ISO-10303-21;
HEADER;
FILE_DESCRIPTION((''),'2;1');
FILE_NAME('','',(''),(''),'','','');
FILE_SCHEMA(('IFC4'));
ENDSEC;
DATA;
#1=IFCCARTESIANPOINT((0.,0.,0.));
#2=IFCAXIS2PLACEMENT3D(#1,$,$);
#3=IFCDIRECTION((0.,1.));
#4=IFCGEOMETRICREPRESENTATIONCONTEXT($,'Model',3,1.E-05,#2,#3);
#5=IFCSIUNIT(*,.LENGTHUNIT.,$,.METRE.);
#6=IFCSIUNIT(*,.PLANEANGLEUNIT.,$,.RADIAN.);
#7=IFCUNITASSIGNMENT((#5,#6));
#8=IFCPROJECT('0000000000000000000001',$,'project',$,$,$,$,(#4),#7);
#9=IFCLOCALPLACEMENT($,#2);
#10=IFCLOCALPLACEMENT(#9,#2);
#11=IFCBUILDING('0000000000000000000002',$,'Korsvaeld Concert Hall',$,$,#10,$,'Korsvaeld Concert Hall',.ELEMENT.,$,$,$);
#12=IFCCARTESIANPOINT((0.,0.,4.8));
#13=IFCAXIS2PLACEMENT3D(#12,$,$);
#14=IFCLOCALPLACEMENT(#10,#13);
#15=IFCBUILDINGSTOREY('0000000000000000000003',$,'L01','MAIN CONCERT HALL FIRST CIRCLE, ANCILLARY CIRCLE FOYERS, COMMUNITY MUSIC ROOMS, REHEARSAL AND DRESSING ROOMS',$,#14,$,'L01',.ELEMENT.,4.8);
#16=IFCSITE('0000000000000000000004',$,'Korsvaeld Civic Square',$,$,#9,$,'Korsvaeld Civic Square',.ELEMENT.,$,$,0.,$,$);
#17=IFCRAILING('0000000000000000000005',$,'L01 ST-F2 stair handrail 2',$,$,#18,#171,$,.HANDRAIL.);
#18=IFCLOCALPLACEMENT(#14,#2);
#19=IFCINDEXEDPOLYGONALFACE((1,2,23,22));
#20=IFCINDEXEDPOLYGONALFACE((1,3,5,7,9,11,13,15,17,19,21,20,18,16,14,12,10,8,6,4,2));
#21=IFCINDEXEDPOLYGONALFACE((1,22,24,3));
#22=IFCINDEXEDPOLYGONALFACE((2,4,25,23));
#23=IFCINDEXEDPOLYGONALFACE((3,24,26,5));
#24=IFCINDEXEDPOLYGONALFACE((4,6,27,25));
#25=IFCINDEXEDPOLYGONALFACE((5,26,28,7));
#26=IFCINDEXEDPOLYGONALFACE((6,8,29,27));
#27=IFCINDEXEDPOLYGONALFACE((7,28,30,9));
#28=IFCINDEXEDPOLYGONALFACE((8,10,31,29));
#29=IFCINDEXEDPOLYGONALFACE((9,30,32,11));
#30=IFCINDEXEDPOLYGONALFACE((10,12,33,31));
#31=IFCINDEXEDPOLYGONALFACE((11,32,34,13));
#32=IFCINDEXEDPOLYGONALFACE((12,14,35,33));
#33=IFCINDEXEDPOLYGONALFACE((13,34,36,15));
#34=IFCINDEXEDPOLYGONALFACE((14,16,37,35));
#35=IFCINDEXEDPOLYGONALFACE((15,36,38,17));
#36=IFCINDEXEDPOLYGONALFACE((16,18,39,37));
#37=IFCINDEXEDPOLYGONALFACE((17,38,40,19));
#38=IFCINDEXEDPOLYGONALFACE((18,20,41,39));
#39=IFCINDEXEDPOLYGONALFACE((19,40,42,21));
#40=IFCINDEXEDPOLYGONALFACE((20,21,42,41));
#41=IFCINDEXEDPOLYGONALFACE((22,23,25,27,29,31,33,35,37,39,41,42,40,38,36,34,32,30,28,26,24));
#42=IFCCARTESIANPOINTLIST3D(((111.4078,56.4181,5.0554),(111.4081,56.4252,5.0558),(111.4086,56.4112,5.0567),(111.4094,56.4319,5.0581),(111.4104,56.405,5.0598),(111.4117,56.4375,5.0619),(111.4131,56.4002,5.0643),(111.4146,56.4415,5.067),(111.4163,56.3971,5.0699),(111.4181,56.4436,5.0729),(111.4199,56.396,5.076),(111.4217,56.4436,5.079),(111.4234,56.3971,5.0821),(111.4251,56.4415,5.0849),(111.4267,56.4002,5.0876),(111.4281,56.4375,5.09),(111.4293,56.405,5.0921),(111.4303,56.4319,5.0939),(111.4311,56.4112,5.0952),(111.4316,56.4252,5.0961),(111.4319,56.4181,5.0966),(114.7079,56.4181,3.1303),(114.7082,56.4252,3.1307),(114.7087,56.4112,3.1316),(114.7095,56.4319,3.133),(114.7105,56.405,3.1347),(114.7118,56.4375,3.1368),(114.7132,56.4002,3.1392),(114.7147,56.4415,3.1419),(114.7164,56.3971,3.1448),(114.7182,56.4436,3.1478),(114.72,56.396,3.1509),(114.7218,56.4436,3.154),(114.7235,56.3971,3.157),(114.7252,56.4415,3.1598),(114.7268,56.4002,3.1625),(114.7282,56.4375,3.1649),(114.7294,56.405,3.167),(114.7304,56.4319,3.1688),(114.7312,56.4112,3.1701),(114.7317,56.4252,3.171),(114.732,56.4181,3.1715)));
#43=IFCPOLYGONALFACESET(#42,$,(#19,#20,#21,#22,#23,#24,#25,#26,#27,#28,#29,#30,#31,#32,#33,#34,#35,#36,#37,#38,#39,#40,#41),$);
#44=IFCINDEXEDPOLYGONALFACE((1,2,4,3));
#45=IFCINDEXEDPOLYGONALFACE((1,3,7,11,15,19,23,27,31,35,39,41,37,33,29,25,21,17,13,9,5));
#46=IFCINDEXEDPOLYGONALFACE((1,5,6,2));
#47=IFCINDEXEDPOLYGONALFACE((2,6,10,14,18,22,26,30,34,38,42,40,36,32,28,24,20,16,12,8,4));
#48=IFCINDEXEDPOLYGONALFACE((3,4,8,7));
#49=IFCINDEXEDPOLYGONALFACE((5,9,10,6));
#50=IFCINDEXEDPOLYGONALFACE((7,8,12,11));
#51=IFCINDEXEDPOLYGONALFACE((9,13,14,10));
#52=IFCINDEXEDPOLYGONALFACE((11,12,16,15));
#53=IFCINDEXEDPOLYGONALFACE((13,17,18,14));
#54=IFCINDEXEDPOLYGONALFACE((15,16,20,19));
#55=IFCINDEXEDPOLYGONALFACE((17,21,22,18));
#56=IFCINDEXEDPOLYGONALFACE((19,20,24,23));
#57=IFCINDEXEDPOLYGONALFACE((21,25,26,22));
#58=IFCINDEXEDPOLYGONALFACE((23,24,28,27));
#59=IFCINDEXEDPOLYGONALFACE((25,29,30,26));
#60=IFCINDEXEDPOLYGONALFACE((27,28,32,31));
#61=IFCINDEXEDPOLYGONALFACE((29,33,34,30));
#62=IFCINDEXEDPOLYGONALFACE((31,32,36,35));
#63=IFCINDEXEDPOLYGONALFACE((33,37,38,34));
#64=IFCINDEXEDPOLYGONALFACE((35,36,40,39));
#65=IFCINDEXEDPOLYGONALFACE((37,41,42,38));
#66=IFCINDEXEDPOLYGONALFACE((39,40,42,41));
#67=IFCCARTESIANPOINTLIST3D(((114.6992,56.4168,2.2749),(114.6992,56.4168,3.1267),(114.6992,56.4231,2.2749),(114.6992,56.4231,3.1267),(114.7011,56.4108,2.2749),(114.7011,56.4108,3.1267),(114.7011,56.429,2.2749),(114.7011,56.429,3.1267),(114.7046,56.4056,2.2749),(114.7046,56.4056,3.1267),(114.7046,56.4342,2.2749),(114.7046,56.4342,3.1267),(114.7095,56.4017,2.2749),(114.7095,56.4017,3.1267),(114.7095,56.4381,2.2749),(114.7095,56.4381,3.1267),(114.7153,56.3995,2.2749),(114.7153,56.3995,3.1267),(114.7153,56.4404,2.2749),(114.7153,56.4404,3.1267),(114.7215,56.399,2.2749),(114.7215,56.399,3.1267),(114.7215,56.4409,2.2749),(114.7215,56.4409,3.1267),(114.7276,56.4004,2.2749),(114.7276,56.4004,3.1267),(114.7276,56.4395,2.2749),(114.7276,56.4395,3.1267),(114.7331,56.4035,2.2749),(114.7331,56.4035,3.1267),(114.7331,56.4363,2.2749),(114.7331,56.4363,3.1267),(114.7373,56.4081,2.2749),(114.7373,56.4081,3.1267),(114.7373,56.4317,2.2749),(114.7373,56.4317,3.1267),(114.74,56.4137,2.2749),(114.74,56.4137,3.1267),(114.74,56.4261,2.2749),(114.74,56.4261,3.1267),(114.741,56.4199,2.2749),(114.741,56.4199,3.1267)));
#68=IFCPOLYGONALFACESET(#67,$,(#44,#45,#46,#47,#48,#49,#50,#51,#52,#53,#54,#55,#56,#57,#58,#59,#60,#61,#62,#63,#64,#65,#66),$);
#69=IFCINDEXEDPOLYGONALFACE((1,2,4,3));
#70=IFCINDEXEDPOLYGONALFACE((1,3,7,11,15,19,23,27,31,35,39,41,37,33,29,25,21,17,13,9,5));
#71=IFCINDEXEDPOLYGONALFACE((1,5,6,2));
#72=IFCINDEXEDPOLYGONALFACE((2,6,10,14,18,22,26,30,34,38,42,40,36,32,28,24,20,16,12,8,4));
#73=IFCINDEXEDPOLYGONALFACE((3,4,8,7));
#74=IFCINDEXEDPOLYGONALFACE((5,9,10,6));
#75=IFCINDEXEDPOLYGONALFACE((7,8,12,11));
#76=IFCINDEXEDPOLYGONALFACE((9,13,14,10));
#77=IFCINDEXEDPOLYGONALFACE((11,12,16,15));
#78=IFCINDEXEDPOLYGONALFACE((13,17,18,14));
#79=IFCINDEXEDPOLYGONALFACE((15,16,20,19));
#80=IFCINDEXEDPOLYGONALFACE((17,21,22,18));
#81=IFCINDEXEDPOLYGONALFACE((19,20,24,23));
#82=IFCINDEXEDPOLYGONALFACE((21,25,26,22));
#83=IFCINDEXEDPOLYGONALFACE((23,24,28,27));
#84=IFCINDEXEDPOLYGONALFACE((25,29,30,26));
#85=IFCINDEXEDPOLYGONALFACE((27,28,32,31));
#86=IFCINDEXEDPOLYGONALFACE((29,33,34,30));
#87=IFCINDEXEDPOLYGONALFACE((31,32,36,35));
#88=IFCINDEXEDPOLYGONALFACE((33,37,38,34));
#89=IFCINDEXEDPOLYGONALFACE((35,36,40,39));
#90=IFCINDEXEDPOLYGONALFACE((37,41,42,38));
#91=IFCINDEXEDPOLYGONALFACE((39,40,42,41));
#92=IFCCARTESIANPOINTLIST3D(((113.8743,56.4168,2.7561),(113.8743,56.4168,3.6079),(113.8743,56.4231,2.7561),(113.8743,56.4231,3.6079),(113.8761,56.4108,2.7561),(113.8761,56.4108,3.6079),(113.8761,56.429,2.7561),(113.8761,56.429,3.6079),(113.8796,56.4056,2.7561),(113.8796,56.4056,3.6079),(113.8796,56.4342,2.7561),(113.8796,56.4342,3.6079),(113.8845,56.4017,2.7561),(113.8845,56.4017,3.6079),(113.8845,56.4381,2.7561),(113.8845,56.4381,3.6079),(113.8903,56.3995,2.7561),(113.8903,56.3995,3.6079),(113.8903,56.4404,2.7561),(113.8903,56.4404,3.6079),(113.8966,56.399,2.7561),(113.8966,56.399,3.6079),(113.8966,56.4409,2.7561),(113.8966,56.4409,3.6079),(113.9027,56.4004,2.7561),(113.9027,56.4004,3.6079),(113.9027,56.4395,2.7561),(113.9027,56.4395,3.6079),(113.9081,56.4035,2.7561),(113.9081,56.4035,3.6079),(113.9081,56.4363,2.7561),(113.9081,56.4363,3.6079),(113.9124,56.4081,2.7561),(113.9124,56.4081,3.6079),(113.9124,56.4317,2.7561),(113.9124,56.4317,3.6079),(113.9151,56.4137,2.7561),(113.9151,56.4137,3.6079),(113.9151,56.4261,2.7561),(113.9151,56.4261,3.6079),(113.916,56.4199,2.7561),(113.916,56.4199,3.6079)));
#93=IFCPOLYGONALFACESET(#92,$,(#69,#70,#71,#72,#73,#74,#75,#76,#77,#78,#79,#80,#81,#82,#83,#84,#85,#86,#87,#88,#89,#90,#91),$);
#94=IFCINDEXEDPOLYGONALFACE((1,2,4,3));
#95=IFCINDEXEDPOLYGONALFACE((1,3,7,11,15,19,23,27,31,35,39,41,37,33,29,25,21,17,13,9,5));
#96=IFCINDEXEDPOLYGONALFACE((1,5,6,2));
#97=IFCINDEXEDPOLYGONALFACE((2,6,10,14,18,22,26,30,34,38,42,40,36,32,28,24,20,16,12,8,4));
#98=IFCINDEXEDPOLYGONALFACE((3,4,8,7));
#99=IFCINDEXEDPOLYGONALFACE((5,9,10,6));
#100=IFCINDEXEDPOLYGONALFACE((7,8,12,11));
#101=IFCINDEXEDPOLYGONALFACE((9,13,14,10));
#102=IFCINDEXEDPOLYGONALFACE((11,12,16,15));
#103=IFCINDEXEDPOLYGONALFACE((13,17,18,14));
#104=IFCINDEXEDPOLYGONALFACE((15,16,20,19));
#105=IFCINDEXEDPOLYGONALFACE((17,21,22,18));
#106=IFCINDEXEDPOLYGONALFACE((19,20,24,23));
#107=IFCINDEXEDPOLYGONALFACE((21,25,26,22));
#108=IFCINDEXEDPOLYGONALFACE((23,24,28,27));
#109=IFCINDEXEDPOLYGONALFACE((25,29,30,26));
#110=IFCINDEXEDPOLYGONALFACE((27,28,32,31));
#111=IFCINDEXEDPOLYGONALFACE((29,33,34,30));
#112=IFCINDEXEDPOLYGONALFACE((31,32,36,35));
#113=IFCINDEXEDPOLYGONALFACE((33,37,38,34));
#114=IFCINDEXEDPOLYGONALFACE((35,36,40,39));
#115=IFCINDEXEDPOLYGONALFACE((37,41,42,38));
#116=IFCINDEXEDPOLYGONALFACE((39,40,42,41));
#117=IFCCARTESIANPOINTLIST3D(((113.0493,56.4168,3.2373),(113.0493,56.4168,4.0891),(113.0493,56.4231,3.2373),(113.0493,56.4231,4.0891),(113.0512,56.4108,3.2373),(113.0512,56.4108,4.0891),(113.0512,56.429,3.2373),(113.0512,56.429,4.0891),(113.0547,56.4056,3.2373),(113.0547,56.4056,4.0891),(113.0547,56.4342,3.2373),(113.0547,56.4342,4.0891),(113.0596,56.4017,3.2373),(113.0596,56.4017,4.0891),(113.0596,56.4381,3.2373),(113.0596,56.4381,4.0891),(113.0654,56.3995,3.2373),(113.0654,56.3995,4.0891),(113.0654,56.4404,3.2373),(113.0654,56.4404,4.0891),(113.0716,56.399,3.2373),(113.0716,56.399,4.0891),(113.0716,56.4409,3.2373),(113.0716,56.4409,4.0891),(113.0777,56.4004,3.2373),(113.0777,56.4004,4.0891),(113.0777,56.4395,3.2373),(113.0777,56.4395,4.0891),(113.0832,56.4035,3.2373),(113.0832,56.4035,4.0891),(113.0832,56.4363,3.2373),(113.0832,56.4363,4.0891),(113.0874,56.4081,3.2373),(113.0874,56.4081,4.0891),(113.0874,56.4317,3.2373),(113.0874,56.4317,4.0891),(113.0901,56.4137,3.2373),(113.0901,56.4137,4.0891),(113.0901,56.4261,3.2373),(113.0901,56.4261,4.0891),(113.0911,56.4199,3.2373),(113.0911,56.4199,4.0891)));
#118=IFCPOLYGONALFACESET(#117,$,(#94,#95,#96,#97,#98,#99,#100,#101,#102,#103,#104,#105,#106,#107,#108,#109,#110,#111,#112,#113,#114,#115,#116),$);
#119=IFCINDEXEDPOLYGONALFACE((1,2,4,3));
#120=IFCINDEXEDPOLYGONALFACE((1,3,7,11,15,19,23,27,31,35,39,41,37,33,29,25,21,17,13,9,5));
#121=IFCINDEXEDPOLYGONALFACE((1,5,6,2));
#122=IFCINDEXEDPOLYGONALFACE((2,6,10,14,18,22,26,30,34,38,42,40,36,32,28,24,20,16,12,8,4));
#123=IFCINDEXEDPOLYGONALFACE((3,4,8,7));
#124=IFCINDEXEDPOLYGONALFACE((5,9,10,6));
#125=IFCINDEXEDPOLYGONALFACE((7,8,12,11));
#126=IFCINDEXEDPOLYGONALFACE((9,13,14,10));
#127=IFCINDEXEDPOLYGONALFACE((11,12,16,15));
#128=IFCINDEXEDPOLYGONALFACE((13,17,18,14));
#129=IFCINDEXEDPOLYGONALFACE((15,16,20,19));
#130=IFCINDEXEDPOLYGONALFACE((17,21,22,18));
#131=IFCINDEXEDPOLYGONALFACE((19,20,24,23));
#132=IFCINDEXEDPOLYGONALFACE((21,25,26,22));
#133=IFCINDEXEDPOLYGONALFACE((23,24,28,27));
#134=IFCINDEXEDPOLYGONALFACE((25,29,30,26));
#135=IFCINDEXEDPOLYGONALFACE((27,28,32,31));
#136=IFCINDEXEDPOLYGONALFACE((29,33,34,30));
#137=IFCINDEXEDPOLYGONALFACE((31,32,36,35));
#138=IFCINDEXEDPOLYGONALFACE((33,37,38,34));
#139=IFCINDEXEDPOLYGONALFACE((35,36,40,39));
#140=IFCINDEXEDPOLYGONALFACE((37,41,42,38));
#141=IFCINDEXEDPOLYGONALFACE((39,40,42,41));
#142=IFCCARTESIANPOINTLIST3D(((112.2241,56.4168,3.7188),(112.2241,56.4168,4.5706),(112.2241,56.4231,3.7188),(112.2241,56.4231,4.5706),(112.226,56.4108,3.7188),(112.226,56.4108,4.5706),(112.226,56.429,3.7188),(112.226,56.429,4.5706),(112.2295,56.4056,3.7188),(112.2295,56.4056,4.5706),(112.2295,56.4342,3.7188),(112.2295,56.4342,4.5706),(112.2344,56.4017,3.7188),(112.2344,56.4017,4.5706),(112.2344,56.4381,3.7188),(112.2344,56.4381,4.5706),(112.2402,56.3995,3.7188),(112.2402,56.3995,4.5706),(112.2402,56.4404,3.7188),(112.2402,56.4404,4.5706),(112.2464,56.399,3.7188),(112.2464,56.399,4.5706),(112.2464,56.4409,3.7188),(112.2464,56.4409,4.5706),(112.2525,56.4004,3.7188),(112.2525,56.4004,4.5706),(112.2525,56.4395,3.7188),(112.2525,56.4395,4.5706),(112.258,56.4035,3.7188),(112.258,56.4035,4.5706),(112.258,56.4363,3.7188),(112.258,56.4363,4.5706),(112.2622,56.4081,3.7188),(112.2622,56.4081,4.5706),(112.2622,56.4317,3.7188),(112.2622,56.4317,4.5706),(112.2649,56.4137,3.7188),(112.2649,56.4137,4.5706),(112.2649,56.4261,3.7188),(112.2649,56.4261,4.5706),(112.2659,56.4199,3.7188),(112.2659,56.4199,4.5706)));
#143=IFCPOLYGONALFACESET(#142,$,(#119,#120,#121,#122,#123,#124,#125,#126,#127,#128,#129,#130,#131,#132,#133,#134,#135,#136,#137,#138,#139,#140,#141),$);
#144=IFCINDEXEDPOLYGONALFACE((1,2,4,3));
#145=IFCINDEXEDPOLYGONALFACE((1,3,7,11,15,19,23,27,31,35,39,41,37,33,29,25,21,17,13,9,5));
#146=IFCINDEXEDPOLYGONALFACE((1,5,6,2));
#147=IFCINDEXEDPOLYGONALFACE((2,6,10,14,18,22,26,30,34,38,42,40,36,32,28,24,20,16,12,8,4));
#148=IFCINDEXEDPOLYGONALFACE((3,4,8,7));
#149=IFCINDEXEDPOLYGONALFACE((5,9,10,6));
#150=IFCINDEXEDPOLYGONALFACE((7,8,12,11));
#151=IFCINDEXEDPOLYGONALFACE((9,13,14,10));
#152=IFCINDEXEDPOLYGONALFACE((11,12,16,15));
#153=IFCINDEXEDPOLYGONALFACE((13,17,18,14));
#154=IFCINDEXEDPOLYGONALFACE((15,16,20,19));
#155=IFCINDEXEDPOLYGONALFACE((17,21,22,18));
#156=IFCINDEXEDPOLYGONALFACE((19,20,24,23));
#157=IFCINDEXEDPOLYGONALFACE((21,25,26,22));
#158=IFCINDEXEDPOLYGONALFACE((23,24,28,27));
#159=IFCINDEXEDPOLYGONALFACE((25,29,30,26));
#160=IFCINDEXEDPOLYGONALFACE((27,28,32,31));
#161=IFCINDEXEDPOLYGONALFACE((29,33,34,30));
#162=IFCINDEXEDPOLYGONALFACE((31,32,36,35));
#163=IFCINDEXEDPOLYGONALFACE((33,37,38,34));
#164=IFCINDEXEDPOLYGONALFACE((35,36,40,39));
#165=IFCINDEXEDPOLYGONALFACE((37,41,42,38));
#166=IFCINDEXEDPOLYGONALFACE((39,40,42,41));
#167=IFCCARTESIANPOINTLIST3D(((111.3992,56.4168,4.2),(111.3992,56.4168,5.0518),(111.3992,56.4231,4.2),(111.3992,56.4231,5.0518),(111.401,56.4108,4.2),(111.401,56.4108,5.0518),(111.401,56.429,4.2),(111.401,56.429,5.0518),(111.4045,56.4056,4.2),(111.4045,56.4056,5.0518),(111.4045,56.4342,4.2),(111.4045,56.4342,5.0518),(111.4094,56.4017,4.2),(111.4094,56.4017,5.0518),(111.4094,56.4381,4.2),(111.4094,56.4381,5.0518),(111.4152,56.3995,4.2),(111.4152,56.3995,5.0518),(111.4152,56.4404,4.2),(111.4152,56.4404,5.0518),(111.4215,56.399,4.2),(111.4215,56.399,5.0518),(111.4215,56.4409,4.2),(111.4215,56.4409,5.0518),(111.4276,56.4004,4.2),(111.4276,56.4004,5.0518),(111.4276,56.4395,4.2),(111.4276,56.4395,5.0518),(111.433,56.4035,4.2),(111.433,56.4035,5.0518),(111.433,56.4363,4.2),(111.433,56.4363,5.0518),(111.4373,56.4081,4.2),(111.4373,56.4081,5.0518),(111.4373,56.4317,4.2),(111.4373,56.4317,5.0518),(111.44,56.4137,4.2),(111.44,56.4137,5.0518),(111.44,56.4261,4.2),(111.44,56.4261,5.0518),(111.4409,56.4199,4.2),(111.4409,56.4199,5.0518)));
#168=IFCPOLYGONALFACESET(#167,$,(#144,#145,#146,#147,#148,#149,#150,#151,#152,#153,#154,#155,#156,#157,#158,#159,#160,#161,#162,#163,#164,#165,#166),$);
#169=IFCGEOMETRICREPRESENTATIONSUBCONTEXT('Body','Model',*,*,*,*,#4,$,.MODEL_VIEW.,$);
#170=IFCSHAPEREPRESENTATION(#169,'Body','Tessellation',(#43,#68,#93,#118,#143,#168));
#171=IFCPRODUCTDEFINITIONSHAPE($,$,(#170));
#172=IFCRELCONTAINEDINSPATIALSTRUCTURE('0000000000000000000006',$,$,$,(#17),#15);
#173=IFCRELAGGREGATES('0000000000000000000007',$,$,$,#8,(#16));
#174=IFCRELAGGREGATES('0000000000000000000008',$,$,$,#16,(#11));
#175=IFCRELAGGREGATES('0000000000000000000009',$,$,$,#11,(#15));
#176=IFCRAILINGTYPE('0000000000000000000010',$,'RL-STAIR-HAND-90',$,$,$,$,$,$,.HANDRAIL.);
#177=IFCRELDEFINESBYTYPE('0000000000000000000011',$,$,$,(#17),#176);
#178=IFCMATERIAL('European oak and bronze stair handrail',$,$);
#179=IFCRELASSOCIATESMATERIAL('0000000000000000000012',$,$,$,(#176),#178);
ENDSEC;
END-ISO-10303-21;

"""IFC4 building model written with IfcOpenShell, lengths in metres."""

from ifc_helpers import new_model, si_unit, direction, frame, origin, origin_2d, place, context, subcontext, project, spatial, circle, extrude, material, type_object, element, save


model = new_model("IFC4")

# Units and contexts
model_context = context("Model", 3, precision=1e-05, world=origin(), true_north=direction((0.0, 1.0)))
body_context = subcontext(model_context, "Body", "Model", "MODEL_VIEW")
ifc_project = project(units=[si_unit("LENGTHUNIT", "METRE"), si_unit("PLANEANGLEUNIT", "RADIAN")], contexts=[model_context])

# Site, building, storey
site_placement = place(None, origin())
site = spatial("IfcSite", under=ifc_project, at=site_placement, Name="Korsvaeld Civic Square", LongName="Korsvaeld Civic Square", CompositionType="ELEMENT", RefElevation=0.0)
building_placement = place(site_placement, origin())
building = spatial("IfcBuilding", under=site, at=building_placement, Name="Korsvaeld Concert Hall", LongName="Korsvaeld Concert Hall", CompositionType="ELEMENT")
storey_placement = place(building_placement, frame((0.0, 0.0, 4.8)))
storey = spatial("IfcBuildingStorey", under=building, at=storey_placement, Name="L01", Description="MAIN CONCERT HALL FIRST CIRCLE, ANCILLARY CIRCLE FOYERS, COMMUNITY MUSIC ROOMS, REHEARSAL AND DRESSING ROOMS", LongName="L01", CompositionType="ELEMENT", Elevation=4.8)

# Railing
ifc_material_1 = material(Name="European oak and bronze stair handrail")
railing_type_1 = type_object("IfcRailingType", Name="RL-STAIR-HAND-90", PredefinedType="HANDRAIL", material=ifc_material_1)
for number, where, name in (
    (1, (114.72, 56.4199, 2.2749), "L01 ST-F2 stair handrail 2"),
):
    element("IfcRailing", number, at=place(storey_placement, frame(where)), inside=storey, type_object=railing_type_1, Name=name, PredefinedType="HANDRAIL", context=body_context, shape_type="SweptSolid", body=[
        extrude(circle(Radius=0.0239, at=origin_2d()), frame((0.0, 0.0, 0.876), z_axis=(-0.863777, 0.0, 0.503875), x_axis=(0.0, -1.0, 0.0)), (0.0, 0.0, 1.0), 3.8206),
        extrude(circle(Radius=0.021, at=origin_2d()), origin(), (0.0, 0.0, 1.0), 0.8518),
        extrude(circle(Radius=0.021, at=origin_2d()), frame((-0.825, 0.0, 0.4812)), (0.0, 0.0, 1.0), 0.8518),
        extrude(circle(Radius=0.021, at=origin_2d()), frame((-1.6499, 0.0, 0.9624)), (0.0, 0.0, 1.0), 0.8518),
        extrude(circle(Radius=0.021, at=origin_2d()), frame((-2.4751, 0.0, 1.4438)), (0.0, 0.0, 1.0), 0.8518),
        extrude(circle(Radius=0.021, at=origin_2d()), frame((-3.3, 0.0, 1.925)), (0.0, 0.0, 1.0), 0.8518),
    ])

save(model, "model.ifc")
